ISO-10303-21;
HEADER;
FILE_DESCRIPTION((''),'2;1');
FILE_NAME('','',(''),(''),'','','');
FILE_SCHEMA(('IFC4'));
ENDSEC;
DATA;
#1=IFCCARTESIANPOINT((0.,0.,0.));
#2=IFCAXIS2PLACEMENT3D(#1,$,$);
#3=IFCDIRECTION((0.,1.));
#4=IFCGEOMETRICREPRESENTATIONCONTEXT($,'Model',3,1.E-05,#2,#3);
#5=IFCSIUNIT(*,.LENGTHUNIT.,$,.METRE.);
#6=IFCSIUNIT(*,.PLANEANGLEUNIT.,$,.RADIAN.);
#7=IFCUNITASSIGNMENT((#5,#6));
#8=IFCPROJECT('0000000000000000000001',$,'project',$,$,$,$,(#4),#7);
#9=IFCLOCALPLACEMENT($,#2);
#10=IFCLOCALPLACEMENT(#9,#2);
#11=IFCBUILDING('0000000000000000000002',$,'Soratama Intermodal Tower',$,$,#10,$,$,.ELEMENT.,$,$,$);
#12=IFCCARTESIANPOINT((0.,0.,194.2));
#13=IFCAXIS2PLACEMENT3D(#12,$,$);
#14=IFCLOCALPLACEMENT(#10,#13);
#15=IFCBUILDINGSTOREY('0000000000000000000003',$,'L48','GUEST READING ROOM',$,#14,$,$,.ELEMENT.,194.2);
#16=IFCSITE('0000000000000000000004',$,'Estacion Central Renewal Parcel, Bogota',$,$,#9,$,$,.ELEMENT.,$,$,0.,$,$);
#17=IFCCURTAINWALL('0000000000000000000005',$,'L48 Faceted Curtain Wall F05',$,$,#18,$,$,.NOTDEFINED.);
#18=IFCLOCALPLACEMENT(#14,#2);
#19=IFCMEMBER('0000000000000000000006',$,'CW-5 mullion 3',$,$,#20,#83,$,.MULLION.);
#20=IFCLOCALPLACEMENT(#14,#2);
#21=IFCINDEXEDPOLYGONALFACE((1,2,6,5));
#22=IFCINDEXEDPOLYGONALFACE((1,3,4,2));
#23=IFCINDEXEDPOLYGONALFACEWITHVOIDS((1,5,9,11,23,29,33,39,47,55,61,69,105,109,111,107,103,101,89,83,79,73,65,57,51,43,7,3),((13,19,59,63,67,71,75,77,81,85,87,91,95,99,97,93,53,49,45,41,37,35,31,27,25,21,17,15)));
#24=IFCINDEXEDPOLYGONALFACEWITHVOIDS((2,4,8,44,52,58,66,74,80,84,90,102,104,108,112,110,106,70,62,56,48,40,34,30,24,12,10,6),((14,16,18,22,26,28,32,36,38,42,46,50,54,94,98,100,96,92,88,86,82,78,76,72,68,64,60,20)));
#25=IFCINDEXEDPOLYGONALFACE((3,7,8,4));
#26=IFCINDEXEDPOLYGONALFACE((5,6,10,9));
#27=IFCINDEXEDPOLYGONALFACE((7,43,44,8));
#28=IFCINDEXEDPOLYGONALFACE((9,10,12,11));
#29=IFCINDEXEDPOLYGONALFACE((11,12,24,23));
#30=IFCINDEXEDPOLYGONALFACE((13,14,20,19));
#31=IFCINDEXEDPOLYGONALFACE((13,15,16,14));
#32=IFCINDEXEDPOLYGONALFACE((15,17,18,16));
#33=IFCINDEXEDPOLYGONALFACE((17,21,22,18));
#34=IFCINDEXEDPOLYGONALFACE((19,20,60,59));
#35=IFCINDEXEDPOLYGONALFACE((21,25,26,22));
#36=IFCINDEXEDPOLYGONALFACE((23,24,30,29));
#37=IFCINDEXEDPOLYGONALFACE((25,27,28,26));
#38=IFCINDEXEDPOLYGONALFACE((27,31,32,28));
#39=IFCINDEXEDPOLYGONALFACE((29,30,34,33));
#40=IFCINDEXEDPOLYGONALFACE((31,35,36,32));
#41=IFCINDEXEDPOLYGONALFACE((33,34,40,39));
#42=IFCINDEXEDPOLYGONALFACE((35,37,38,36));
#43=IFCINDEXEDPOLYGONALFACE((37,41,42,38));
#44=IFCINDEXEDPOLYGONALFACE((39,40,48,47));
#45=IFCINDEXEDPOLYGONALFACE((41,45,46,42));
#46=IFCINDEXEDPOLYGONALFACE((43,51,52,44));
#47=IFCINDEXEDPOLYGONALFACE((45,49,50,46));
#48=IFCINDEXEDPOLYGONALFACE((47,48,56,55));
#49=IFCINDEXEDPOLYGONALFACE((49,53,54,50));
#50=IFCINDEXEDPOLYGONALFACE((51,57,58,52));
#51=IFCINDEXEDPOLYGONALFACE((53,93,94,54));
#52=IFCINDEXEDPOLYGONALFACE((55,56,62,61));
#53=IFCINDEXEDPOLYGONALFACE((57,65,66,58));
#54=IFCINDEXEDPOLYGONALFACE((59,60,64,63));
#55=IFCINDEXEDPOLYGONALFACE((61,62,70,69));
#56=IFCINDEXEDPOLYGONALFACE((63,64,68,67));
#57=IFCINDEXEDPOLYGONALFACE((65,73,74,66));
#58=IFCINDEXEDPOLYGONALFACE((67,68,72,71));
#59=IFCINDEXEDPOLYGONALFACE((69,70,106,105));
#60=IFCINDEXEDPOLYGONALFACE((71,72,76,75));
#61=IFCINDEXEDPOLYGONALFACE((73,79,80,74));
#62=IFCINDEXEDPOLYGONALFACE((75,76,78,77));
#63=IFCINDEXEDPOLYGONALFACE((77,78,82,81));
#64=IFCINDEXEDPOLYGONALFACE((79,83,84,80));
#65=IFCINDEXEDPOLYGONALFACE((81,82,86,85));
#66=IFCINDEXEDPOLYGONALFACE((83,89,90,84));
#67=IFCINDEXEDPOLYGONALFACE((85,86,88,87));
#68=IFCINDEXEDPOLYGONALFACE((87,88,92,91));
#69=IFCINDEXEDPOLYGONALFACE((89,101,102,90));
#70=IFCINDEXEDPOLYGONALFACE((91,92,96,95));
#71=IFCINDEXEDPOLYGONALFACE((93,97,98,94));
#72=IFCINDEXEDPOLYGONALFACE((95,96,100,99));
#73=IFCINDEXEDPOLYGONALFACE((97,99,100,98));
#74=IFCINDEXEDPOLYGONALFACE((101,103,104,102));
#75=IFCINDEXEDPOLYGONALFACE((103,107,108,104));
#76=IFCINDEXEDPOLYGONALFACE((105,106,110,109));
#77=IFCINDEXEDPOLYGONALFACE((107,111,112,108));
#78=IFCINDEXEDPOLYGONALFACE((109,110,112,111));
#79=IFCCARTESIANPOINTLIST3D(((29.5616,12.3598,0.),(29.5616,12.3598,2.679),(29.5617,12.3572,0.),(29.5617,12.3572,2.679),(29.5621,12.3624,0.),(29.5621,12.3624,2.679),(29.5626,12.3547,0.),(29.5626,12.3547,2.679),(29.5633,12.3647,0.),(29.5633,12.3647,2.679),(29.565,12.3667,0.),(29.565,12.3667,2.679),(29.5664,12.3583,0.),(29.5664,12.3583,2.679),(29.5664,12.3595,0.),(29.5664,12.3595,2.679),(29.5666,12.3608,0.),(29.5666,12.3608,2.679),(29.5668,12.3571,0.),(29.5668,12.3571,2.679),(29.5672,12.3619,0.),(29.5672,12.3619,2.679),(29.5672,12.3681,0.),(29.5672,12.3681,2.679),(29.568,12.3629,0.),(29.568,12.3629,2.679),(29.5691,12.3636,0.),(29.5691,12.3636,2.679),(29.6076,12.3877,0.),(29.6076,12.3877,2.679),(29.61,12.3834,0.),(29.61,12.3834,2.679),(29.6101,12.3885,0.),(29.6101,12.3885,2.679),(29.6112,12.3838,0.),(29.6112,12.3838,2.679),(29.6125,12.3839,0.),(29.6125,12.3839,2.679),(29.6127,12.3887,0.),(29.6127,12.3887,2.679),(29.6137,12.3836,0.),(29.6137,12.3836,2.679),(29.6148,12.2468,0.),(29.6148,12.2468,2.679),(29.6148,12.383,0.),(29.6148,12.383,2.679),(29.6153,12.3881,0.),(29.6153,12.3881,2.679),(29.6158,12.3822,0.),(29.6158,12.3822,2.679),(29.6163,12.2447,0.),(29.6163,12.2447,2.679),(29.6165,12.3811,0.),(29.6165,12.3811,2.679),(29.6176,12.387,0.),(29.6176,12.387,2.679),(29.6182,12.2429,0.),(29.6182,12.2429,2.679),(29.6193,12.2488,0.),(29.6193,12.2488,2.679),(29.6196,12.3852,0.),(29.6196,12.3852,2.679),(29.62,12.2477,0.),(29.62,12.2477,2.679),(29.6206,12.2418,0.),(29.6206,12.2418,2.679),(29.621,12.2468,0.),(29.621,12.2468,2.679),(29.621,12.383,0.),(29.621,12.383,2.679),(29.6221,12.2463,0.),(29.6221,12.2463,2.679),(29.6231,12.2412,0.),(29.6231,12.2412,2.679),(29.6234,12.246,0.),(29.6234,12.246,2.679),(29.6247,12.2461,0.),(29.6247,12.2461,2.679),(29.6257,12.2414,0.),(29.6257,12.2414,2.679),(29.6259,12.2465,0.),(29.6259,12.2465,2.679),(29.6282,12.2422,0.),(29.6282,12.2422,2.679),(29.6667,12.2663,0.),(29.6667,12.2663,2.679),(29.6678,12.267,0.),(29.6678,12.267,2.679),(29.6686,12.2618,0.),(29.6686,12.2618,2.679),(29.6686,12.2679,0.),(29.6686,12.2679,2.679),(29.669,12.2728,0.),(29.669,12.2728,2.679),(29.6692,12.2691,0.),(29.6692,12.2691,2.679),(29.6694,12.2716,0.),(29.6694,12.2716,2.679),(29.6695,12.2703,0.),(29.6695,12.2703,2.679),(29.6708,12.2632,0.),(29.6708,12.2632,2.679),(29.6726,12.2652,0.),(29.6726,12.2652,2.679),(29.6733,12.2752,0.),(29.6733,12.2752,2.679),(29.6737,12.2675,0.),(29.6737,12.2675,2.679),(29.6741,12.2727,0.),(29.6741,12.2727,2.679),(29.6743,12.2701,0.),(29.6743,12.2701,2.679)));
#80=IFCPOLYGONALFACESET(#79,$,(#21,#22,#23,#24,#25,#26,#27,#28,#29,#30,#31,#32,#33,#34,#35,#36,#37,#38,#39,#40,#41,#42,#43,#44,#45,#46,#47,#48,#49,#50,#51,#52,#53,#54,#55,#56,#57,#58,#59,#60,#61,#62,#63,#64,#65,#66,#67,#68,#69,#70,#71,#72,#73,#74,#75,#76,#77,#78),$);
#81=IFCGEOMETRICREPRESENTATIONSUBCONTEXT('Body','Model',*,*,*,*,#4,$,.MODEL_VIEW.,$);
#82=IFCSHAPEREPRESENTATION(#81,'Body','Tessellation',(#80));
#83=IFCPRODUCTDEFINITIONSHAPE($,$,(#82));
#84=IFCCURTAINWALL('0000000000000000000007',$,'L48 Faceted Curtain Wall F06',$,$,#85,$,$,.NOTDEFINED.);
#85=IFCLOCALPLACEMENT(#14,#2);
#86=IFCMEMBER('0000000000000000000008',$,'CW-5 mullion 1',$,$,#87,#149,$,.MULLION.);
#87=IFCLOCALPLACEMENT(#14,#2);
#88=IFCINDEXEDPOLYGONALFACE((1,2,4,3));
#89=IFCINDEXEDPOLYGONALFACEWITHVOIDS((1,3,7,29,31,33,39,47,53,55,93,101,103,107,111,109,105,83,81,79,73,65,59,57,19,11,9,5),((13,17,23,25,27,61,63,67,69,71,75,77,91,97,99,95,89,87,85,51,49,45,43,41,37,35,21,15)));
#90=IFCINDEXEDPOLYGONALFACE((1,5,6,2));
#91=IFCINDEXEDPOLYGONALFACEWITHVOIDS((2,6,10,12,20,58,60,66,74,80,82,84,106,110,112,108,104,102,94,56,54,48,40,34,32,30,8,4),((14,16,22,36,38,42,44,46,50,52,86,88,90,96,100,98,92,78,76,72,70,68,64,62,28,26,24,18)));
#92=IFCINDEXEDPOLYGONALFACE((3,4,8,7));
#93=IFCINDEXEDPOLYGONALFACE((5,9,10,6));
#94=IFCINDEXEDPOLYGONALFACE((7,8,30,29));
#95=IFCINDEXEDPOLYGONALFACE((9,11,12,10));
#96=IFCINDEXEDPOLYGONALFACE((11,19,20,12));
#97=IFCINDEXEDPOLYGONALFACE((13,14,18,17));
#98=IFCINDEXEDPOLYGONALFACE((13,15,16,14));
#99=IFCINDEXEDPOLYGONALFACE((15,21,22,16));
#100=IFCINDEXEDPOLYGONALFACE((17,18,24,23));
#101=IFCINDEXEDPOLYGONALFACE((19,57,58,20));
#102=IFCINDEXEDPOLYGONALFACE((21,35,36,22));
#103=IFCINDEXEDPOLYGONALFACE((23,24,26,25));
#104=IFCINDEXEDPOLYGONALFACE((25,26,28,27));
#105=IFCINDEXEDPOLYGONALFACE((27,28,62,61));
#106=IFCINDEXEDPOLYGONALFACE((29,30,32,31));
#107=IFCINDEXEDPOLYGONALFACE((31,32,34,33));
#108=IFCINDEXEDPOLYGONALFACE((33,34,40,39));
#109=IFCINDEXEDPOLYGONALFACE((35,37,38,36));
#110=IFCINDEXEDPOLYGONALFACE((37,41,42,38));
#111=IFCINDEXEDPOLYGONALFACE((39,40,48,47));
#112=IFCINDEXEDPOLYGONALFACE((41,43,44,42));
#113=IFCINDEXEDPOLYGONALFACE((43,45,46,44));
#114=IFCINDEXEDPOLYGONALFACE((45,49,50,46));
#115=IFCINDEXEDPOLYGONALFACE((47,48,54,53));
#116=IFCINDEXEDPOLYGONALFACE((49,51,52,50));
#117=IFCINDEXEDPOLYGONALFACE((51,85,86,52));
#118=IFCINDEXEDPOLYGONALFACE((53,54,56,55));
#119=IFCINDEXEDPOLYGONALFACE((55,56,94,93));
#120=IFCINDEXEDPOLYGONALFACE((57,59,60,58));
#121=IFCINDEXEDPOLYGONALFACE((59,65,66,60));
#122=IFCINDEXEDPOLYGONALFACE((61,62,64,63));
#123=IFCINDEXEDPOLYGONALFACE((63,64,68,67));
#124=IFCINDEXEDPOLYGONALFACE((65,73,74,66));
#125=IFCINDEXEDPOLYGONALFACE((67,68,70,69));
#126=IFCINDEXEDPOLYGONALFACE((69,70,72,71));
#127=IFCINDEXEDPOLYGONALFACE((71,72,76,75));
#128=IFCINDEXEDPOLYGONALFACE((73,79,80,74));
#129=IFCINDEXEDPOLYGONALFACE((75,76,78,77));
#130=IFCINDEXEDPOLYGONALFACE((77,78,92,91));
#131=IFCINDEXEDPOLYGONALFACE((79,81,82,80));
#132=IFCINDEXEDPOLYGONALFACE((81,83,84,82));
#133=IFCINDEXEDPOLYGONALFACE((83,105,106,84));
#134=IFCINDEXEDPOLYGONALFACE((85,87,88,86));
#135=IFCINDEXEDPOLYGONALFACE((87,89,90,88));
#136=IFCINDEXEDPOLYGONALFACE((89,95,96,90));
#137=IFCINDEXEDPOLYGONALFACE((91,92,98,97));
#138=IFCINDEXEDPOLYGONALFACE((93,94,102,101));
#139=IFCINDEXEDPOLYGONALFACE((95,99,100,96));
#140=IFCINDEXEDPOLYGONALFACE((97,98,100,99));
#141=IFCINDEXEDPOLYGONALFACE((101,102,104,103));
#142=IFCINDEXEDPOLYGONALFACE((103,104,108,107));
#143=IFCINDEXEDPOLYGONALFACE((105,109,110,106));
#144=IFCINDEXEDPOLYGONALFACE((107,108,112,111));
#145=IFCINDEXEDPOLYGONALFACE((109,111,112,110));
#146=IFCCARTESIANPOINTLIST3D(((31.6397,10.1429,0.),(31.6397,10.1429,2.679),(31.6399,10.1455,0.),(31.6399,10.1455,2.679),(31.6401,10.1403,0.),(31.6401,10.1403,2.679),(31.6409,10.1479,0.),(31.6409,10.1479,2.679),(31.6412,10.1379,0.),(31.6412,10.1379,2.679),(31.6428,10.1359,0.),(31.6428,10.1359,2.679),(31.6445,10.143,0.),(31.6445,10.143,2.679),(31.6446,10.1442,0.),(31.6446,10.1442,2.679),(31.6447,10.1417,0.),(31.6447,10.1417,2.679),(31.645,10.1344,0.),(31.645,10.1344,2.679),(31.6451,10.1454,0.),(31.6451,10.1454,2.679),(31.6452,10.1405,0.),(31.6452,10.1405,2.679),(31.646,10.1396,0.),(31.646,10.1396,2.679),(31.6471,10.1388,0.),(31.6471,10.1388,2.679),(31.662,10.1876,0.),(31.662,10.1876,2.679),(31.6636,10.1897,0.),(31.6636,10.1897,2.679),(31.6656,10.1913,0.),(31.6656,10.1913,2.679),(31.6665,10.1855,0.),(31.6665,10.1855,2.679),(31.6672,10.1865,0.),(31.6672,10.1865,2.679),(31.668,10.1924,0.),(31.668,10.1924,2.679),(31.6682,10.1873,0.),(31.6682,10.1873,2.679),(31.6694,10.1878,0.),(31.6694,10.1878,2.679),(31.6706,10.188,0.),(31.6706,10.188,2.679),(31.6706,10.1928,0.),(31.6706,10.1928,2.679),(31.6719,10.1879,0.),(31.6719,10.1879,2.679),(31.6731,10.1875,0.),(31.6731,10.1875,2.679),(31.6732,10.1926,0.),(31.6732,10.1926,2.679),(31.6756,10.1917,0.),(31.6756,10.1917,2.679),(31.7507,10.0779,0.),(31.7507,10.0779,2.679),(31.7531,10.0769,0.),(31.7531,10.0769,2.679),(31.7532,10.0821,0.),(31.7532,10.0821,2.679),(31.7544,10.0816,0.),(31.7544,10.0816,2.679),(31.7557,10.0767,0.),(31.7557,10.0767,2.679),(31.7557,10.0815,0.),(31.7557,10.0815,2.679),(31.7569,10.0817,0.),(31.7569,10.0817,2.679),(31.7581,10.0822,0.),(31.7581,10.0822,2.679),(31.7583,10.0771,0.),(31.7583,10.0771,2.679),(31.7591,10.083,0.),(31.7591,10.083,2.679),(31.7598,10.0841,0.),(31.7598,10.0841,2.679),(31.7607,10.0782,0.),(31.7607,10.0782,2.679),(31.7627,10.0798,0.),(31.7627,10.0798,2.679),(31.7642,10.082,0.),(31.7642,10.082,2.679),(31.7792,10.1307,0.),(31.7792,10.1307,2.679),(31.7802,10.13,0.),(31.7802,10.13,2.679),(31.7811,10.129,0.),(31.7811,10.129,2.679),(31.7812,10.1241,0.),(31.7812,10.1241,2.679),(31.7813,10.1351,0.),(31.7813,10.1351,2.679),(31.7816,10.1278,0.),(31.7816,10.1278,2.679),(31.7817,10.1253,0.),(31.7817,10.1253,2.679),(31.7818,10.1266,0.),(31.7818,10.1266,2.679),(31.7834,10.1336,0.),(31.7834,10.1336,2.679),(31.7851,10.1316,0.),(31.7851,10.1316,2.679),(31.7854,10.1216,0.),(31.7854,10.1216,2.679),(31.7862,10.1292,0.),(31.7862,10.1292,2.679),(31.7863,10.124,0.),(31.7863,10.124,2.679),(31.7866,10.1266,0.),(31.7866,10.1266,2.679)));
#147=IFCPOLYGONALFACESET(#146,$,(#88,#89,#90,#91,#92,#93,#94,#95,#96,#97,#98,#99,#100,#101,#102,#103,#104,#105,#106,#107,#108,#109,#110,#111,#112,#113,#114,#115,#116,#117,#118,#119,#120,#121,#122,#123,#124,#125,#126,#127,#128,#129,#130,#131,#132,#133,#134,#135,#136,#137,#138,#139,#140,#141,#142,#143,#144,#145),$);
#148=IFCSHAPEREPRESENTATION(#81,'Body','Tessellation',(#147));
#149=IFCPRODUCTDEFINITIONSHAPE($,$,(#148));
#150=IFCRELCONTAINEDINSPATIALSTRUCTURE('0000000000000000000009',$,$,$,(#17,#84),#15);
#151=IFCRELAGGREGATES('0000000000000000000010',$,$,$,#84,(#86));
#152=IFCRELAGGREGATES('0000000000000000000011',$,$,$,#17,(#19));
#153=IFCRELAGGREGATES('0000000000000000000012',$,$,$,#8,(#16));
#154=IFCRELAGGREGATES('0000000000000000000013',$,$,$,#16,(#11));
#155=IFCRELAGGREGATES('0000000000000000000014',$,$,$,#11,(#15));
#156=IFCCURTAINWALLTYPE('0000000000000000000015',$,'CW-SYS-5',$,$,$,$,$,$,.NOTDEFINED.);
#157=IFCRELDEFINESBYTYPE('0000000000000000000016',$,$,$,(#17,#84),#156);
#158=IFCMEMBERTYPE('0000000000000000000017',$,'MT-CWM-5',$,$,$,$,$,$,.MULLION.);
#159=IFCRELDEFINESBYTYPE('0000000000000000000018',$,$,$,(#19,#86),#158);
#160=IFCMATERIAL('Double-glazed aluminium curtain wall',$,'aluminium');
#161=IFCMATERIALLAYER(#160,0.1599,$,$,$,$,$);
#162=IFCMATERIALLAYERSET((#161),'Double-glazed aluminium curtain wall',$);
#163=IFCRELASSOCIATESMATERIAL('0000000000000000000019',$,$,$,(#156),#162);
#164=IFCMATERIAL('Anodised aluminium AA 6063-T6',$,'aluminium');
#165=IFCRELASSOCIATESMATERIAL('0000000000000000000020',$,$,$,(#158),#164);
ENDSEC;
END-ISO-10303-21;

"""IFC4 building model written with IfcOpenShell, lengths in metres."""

from ifc_helpers import new_model, si_unit, direction, frame, origin, origin_2d, place, context, subcontext, project, spatial, hollow_rectangle, extrude, material, layer, layer_set, material_profile, profile_set, type_object, element, aggregate, save


model = new_model("IFC4")

# Units and contexts
model_context = context("Model", 3, precision=1e-05, world=origin(), true_north=direction((0.0, 1.0)))
body_context = subcontext(model_context, "Body", "Model", "MODEL_VIEW")
ifc_project = project(units=[si_unit("LENGTHUNIT", "METRE"), si_unit("PLANEANGLEUNIT", "RADIAN")], contexts=[model_context])

# Site, building, storey
site_placement = place(None, origin())
site = spatial("IfcSite", under=ifc_project, at=site_placement, Name="Estacion Central Renewal Parcel, Bogota", CompositionType="ELEMENT", RefElevation=0.0)
building_placement = place(site_placement, origin())
building = spatial("IfcBuilding", under=site, at=building_placement, Name="Soratama Intermodal Tower", CompositionType="ELEMENT")
storey_placement = place(building_placement, frame((0.0, 0.0, 194.2)))
storey = spatial("IfcBuildingStorey", under=building, at=storey_placement, Name="L48", Description="GUEST READING ROOM", CompositionType="ELEMENT", Elevation=194.2)

# Curtain walls, members
ifc_material_1 = material(Name="Double-glazed aluminium curtain wall", Category="aluminium")
ifc_layer_1 = layer(ifc_material_1, 0.1599)
ifc_layer_set_1 = layer_set([ifc_layer_1], Name="Double-glazed aluminium curtain wall")
curtain_wall_type = type_object("IfcCurtainWallType", Name="CW-SYS-5", PredefinedType="NOTDEFINED", material=ifc_layer_set_1)
curtain_wall_1_placement = place(storey_placement, origin())
curtain_wall_1 = element("IfcCurtainWall", 1, at=curtain_wall_1_placement, inside=storey, type_object=curtain_wall_type, Name="L48 Faceted Curtain Wall F05", PredefinedType="NOTDEFINED")
ifc_material_2 = material(Name="Anodised aluminium AA 6063-T6", Category="aluminium")
ifc_material_profile_1 = material_profile(ifc_material_2, hollow_rectangle(XDim=0.0649, YDim=0.1399, WallThickness=0.0049, InnerFilletRadius=0.0049, OuterFilletRadius=0.01, at=origin_2d()), Name="CWM140X65X5")
ifc_profile_set_1 = profile_set([ifc_material_profile_1], Name="Anodised aluminium AA 6063-T6")
member_type_1 = type_object("IfcMemberType", Name="MT-CWM-5", PredefinedType="MULLION", material=ifc_profile_set_1)
member_1_placement = place(storey_placement, frame((29.6179, 12.3149, 0.0), z_axis=(0.0, 0.0, 1.0), x_axis=(0.899867, 0.436165, 0.0)))
member_1 = element("IfcMember", 2, at=member_1_placement, type_object=member_type_1, Name="CW-5 mullion 3", PredefinedType="MULLION", context=body_context, shape_type="SweptSolid", body=[
    extrude(hollow_rectangle(XDim=0.0649, YDim=0.1399, WallThickness=0.0049, InnerFilletRadius=0.0049, OuterFilletRadius=0.01, at=origin_2d()), origin(), (0.0, 0.0, 1.0), 2.679),
])
curtain_wall_2_placement = place(storey_placement, origin())
curtain_wall_2 = element("IfcCurtainWall", 3, at=curtain_wall_2_placement, inside=storey, type_object=curtain_wall_type, Name="L48 Faceted Curtain Wall F06", PredefinedType="NOTDEFINED")
member_2_placement = place(storey_placement, frame((31.7131, 10.1348, 0.0), z_axis=(0.0, 0.0, 1.0), x_axis=(0.471625, 0.881799, 0.0)))
member_2 = element("IfcMember", 4, at=member_2_placement, type_object=member_type_1, Name="CW-5 mullion 1", PredefinedType="MULLION", context=body_context, shape_type="SweptSolid", body=[
    extrude(hollow_rectangle(XDim=0.0649, YDim=0.1399, WallThickness=0.0049, InnerFilletRadius=0.0049, OuterFilletRadius=0.01, at=origin_2d()), origin(), (0.0, 0.0, 1.0), 2.679),
])

aggregate(curtain_wall_2, [member_2])

aggregate(curtain_wall_1, [member_1])

save(model, "model.ifc")
